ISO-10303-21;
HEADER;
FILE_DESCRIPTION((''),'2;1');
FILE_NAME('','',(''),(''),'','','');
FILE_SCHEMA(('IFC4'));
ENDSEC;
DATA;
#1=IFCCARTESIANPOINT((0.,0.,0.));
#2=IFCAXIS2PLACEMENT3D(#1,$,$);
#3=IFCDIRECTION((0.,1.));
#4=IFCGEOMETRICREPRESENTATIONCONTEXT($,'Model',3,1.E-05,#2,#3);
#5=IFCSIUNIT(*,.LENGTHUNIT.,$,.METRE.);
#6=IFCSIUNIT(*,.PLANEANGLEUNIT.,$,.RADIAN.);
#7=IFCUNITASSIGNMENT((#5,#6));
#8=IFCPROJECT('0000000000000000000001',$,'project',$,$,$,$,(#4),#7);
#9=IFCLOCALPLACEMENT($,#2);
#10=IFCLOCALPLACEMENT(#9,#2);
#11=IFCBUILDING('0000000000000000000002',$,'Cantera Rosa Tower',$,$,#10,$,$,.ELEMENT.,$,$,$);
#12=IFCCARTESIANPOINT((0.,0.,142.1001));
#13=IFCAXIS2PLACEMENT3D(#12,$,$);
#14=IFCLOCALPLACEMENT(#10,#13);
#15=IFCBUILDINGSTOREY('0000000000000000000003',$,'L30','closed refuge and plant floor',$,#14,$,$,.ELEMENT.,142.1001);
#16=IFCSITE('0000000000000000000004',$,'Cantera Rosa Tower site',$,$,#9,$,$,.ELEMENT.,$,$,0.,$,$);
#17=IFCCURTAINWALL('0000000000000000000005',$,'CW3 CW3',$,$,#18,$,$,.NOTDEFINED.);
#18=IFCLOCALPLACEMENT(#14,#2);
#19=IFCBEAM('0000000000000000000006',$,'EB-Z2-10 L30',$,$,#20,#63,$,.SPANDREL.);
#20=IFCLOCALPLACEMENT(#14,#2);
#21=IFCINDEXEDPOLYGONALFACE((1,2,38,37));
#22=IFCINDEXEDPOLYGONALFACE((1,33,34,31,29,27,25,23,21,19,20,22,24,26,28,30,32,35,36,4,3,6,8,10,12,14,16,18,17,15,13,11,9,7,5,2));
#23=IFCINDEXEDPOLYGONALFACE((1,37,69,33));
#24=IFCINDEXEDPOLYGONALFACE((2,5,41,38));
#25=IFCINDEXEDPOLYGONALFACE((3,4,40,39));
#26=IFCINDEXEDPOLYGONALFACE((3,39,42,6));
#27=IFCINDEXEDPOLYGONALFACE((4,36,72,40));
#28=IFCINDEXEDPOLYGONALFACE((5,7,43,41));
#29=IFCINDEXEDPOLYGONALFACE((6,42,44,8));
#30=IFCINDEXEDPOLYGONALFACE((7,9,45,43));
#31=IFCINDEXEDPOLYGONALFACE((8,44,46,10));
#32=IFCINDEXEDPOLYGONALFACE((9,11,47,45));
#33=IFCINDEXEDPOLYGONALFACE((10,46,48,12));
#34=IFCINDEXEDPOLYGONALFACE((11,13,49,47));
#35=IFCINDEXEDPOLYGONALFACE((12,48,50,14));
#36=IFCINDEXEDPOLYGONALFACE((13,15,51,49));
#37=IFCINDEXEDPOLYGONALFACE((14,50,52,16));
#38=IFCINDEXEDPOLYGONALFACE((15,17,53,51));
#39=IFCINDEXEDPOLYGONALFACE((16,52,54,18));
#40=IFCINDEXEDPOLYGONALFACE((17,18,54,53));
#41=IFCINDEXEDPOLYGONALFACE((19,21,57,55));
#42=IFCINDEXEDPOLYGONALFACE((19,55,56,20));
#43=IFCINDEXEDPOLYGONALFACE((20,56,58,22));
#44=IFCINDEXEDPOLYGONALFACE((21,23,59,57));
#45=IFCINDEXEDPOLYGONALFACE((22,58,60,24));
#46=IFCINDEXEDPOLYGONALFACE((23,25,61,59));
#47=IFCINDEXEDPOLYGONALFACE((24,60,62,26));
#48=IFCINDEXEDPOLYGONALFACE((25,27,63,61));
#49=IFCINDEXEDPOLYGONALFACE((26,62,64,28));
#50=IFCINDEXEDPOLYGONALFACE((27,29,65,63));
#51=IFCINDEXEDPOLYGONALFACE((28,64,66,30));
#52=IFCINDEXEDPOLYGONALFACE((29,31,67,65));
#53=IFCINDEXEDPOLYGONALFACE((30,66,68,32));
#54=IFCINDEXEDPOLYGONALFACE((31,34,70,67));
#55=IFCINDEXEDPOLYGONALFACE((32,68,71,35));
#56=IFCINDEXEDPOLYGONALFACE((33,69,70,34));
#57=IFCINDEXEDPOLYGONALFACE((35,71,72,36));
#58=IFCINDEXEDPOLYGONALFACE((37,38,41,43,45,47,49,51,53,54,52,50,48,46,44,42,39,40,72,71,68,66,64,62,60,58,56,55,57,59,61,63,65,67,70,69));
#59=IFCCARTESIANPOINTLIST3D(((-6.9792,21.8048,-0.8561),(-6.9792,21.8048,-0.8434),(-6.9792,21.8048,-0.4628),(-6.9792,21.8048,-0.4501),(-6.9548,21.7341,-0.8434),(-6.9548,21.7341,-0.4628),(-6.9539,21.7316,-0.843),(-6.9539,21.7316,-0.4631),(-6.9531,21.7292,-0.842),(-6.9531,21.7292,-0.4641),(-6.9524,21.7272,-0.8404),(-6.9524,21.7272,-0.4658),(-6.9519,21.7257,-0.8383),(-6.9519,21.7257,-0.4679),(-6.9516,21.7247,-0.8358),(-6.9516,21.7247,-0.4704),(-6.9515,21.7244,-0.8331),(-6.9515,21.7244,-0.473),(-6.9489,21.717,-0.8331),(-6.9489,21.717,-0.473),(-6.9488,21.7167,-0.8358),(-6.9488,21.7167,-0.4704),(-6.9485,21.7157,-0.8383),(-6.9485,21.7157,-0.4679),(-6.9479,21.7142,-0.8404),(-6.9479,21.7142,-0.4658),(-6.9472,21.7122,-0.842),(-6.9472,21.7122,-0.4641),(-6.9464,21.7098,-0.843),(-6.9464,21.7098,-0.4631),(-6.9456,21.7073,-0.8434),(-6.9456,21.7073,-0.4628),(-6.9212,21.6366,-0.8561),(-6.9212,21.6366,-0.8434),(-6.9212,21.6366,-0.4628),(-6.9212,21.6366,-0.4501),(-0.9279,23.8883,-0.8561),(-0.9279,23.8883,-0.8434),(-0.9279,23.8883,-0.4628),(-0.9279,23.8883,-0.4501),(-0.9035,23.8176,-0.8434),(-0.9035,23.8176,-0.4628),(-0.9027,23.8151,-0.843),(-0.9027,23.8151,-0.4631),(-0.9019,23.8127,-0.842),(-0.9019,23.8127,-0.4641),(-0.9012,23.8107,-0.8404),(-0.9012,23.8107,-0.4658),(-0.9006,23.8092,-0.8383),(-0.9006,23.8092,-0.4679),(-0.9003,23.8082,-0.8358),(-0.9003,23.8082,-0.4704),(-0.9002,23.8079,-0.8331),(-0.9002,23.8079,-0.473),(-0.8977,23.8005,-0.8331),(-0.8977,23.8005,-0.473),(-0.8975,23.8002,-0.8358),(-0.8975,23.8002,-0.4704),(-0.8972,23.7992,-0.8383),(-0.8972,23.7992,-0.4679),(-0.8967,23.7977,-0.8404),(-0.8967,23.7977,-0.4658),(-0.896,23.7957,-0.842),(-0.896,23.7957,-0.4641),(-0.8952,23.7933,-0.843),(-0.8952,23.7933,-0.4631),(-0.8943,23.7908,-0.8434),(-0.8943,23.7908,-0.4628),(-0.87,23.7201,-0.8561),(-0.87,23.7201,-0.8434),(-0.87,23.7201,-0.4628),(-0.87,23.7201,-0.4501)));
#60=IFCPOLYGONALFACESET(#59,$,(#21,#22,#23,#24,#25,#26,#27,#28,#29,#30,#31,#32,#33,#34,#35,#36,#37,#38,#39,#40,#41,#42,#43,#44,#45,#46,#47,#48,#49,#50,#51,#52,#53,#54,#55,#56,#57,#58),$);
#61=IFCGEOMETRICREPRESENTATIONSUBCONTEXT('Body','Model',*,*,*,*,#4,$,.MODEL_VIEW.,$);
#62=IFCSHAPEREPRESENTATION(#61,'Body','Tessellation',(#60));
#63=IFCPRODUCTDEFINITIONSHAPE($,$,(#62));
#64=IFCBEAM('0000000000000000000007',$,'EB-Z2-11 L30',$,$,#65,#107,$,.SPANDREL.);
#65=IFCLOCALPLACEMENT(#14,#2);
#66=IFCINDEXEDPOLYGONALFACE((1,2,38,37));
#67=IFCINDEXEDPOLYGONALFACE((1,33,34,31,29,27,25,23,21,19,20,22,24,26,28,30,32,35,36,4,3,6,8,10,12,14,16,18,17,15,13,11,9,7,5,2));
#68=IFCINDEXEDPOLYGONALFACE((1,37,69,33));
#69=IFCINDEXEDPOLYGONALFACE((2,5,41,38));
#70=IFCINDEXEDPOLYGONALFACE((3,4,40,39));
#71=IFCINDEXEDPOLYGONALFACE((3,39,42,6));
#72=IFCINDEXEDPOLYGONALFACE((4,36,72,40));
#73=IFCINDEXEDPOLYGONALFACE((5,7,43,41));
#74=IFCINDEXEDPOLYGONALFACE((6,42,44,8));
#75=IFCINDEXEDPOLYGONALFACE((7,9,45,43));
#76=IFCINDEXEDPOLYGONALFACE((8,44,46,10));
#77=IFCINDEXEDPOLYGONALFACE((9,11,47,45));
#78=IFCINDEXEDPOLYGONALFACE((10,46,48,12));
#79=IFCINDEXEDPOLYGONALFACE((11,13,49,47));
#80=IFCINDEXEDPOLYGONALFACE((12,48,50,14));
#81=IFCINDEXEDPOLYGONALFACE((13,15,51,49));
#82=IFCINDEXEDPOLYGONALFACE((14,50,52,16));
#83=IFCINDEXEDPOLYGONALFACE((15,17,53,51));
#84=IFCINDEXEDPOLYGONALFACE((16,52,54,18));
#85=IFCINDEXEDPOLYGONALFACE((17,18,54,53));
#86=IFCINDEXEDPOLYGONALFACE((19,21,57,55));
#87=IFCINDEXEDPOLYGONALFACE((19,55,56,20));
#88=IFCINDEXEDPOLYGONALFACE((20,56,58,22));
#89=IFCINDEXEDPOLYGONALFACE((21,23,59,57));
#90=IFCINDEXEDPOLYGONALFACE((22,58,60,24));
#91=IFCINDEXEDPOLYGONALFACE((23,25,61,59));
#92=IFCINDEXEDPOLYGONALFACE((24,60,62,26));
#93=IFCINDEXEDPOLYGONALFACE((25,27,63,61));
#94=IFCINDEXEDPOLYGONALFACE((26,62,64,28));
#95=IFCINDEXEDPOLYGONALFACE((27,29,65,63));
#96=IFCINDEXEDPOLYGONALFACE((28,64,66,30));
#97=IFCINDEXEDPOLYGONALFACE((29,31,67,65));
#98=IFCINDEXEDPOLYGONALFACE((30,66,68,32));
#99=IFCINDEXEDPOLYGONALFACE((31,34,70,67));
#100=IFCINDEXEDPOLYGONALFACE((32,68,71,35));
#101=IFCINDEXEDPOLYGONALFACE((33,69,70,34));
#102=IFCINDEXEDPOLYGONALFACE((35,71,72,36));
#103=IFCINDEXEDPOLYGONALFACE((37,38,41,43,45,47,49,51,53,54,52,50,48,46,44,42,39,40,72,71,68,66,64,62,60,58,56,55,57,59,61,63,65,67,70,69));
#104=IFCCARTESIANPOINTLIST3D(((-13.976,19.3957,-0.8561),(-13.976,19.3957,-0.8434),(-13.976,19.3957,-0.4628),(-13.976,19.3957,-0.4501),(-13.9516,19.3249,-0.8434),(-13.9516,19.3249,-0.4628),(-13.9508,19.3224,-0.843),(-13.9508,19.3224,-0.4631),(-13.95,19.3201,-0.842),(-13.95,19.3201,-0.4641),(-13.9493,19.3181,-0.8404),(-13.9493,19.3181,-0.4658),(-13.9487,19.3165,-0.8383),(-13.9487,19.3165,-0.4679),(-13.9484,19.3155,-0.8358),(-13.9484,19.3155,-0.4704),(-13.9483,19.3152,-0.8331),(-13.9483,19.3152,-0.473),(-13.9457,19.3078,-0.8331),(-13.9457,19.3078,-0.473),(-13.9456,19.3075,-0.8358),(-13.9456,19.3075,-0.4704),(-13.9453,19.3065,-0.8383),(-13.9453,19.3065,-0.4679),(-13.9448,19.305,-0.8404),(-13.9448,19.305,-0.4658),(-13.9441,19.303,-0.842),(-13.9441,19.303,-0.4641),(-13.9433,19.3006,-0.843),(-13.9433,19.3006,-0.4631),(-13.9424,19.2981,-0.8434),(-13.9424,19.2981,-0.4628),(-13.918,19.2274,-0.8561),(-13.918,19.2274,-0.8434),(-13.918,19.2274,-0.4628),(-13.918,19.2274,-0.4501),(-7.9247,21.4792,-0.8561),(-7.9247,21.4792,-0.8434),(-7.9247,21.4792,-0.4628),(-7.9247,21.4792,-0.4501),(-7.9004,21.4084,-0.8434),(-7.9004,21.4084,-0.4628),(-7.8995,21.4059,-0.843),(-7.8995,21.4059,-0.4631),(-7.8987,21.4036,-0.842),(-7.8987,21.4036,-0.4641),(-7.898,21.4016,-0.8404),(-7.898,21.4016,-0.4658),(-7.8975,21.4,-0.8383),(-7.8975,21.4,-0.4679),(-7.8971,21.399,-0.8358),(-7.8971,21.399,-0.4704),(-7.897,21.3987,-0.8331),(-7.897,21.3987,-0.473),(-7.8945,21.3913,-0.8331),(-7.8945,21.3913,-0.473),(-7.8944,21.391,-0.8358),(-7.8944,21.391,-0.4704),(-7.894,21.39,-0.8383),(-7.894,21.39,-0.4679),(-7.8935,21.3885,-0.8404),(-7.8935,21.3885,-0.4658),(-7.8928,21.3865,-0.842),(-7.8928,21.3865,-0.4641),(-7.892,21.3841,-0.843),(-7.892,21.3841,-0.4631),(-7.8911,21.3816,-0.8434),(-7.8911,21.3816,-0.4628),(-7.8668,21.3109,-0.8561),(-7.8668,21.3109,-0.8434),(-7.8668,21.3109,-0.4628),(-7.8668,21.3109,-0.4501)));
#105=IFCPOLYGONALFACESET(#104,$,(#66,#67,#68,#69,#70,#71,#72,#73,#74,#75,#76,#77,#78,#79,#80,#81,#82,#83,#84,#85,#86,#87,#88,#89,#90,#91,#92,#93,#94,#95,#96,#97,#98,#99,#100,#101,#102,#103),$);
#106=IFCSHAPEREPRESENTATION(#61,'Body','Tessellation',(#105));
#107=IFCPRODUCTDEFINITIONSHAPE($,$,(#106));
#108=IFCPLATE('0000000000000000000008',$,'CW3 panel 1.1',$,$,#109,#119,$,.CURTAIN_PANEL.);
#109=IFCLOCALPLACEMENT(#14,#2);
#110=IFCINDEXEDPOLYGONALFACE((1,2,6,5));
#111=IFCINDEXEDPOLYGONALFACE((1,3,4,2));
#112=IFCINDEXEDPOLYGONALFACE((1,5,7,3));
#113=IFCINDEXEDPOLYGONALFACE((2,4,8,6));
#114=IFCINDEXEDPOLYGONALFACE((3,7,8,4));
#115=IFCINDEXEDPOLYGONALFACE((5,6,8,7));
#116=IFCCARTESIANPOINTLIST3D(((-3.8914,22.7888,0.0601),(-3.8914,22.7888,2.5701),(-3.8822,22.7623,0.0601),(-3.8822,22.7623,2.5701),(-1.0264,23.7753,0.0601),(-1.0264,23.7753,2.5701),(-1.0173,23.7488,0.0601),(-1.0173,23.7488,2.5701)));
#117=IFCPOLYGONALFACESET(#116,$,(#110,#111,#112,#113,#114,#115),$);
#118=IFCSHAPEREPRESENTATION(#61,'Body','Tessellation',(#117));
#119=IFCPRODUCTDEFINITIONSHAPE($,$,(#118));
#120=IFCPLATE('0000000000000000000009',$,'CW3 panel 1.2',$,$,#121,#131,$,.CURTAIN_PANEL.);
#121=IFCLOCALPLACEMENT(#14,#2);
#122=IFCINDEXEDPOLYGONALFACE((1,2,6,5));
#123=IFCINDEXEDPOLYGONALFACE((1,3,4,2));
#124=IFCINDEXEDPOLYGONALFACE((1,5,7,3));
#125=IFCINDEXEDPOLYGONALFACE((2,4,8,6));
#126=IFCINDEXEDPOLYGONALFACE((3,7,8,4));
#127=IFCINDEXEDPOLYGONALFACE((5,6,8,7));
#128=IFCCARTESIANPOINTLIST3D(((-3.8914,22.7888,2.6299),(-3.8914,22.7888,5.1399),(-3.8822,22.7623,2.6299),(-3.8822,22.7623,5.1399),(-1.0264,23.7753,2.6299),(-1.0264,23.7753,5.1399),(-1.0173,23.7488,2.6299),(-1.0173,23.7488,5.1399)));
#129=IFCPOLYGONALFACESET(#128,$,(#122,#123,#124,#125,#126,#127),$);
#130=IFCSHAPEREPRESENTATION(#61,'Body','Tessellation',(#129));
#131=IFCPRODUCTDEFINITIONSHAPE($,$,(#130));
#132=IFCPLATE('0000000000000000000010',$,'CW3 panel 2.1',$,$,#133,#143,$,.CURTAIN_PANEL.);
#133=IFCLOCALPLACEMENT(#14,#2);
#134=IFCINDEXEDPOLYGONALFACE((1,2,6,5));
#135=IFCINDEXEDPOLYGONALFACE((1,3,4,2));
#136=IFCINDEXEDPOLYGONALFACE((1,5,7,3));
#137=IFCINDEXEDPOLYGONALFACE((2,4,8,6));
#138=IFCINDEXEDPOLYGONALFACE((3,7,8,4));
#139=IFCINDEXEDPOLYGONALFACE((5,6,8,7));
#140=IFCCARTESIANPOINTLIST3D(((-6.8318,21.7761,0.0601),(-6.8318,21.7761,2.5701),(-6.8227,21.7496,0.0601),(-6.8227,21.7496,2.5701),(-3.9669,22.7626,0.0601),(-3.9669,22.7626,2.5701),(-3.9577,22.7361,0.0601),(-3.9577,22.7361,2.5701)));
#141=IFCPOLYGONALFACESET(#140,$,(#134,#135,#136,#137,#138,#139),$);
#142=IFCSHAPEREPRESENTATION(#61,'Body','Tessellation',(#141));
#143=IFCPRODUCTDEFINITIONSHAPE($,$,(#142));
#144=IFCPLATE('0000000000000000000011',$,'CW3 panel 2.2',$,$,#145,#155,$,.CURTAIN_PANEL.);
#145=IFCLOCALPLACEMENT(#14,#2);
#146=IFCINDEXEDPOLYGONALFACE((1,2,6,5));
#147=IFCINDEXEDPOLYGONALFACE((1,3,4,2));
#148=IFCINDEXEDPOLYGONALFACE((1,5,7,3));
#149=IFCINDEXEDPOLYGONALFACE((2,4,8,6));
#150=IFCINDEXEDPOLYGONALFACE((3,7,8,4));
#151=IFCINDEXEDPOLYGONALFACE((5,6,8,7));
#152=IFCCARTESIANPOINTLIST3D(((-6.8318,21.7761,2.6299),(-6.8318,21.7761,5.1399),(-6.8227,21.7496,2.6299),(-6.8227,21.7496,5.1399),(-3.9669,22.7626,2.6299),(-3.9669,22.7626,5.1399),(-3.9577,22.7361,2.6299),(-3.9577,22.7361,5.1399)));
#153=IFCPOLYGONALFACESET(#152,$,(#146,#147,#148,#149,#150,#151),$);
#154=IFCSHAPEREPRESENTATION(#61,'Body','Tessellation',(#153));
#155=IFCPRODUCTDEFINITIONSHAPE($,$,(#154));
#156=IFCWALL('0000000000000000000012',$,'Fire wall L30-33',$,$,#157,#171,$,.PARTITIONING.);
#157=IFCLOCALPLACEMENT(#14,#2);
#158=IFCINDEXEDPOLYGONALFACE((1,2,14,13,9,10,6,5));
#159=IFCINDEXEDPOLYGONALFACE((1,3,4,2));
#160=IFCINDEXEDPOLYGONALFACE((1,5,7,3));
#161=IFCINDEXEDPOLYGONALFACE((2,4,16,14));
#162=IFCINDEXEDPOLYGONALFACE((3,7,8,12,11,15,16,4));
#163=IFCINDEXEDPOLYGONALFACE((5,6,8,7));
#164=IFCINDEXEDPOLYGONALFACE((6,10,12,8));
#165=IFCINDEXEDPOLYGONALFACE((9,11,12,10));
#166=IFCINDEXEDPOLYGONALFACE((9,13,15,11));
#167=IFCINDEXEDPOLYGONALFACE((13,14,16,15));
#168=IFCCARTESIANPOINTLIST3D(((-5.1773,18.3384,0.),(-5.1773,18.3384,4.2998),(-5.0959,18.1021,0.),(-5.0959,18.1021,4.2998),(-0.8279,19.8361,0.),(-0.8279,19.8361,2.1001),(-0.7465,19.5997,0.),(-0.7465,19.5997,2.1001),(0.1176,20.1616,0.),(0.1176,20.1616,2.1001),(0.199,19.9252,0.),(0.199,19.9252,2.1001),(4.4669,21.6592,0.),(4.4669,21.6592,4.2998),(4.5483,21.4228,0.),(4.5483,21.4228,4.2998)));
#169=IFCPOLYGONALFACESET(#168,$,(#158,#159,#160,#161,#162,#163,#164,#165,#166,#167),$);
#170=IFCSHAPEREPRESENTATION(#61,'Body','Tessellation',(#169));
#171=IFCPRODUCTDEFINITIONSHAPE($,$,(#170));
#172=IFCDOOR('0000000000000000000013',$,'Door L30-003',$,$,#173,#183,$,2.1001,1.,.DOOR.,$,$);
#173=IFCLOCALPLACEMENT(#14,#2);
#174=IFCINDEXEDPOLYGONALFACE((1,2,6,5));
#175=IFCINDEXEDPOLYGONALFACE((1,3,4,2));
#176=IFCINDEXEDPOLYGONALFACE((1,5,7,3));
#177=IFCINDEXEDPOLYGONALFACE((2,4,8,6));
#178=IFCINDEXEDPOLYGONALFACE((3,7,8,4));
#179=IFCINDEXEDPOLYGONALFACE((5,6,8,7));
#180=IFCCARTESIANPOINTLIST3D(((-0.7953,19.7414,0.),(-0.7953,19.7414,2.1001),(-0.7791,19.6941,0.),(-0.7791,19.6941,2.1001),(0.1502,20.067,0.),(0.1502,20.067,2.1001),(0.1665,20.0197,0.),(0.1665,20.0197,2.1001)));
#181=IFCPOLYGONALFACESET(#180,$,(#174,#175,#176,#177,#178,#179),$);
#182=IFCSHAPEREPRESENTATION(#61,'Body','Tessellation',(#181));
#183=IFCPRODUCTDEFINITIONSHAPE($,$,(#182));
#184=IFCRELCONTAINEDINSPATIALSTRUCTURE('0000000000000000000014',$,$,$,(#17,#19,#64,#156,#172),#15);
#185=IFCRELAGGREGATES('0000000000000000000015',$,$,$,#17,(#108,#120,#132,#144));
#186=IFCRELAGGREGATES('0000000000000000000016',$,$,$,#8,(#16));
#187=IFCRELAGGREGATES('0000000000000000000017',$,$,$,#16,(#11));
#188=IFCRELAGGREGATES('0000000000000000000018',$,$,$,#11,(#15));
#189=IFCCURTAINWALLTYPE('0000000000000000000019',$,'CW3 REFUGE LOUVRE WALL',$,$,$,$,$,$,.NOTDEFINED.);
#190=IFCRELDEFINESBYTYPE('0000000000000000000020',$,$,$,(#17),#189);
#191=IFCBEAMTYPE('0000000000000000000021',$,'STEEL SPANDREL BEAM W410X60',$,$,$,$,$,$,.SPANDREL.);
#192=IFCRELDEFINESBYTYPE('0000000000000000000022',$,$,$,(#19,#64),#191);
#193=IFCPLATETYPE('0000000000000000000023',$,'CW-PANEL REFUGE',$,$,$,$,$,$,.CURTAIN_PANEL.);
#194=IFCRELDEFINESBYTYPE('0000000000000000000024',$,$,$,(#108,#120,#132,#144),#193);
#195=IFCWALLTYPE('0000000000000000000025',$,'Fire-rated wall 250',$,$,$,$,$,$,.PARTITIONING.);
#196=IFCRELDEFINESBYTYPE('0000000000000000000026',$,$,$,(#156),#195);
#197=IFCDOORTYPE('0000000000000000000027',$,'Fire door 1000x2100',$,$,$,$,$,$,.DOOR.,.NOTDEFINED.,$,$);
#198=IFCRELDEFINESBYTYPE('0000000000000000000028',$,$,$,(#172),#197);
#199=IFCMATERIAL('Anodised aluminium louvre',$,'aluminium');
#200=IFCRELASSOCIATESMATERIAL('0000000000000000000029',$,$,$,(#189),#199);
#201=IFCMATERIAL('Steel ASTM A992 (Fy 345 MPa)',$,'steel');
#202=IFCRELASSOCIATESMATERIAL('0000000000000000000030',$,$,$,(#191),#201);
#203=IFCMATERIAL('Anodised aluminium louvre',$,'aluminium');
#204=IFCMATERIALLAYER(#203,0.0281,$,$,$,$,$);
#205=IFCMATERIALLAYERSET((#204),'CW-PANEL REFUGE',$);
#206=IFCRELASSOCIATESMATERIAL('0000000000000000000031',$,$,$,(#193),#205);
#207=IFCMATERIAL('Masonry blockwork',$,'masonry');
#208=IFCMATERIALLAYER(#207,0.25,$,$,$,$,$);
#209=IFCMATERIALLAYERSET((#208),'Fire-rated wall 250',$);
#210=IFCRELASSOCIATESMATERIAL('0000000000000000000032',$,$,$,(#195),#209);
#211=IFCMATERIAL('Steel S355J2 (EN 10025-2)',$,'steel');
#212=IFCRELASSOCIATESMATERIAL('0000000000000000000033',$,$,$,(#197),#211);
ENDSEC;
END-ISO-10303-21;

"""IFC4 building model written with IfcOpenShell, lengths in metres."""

from ifc_helpers import new_model, si_unit, direction, frame, frame_2d, origin, origin_2d, place, context, subcontext, project, spatial, rectangle, i_section, extrude, material, layer, layer_set, material_profile, profile_set, type_object, element, fill, aggregate, save


model = new_model("IFC4")

# Units and contexts
model_context = context("Model", 3, precision=1e-05, world=origin(), true_north=direction((0.0, 1.0)))
body_context = subcontext(model_context, "Body", "Model", "MODEL_VIEW")
ifc_project = project(units=[si_unit("LENGTHUNIT", "METRE"), si_unit("PLANEANGLEUNIT", "RADIAN")], contexts=[model_context])

# Site, building, storey
site_placement = place(None, origin())
site = spatial("IfcSite", under=ifc_project, at=site_placement, Name="Cantera Rosa Tower site", CompositionType="ELEMENT", RefElevation=0.0)
building_placement = place(site_placement, origin())
building = spatial("IfcBuilding", under=site, at=building_placement, Name="Cantera Rosa Tower", CompositionType="ELEMENT")
storey_placement = place(building_placement, frame((0.0, 0.0, 142.1001)))
storey = spatial("IfcBuildingStorey", under=building, at=storey_placement, Name="L30", Description="closed refuge and plant floor", CompositionType="ELEMENT", Elevation=142.1001)

# Curtain wall
ifc_material_1 = material(Name="Anodised aluminium louvre", Category="aluminium")
curtain_wall_type = type_object("IfcCurtainWallType", Name="CW3 REFUGE LOUVRE WALL", PredefinedType="NOTDEFINED", material=ifc_material_1)
curtain_wall_1_placement = place(storey_placement, origin())
curtain_wall_1 = element("IfcCurtainWall", 1, at=curtain_wall_1_placement, inside=storey, type_object=curtain_wall_type, Name="CW3 CW3", PredefinedType="NOTDEFINED")

# Beams
ifc_material_2 = material(Name="Steel ASTM A992 (Fy 345 MPa)", Category="steel")
ifc_material_profile_1 = material_profile(ifc_material_2, i_section(OverallWidth=0.178, OverallDepth=0.406, WebThickness=0.0078, FlangeThickness=0.0127, FilletRadius=0.0103, at=origin_2d()), Name="W410X60")
ifc_profile_set_1 = profile_set([ifc_material_profile_1], Name="Steel ASTM A992 (Fy 345 MPa)")
beam_type_1 = type_object("IfcBeamType", Name="STEEL SPANDREL BEAM W410X60", PredefinedType="SPANDREL", material=ifc_profile_set_1)
for number, where, z_axis, x_axis, name in (
    (2, (-0.8989, 23.8042, -0.6531), (-0.945524, -0.325551, 0.0), (0.325551, -0.945524, 0.0), "EB-Z2-10 L30"),
    (3, (-7.8958, 21.395, -0.6531), (-0.945524, -0.325551, 0.0), (0.325551, -0.945524, 0.0), "EB-Z2-11 L30"),
):
    element("IfcBeam", number, at=place(storey_placement, frame(where, z_axis=z_axis, x_axis=x_axis)), inside=storey, type_object=beam_type_1, Name=name, PredefinedType="SPANDREL", context=body_context, shape_type="SweptSolid", body=[
        extrude(i_section(OverallWidth=0.178, OverallDepth=0.406, WebThickness=0.0078, FlangeThickness=0.0127, FilletRadius=0.0103, at=origin_2d()), origin(), (0.0, 0.0, 1.0), 6.3999),
    ])

# Plates
ifc_material_3 = material(Name="Anodised aluminium louvre", Category="aluminium")
ifc_layer_1 = layer(ifc_material_3, 0.0281)
ifc_layer_set_1 = layer_set([ifc_layer_1], Name="CW-PANEL REFUGE")
plate_type = type_object("IfcPlateType", Name="CW-PANEL REFUGE", PredefinedType="CURTAIN_PANEL", material=ifc_layer_set_1)
plate_1_placement = place(storey_placement, frame((-2.4543, 23.2688, 0.0601), z_axis=(0.0, 0.0, 1.0), x_axis=(-0.945519, -0.325568, 0.0)))
plate_1 = element("IfcPlate", 4, at=plate_1_placement, type_object=plate_type, Name="CW3 panel 1.1", PredefinedType="CURTAIN_PANEL", context=body_context, shape_type="SweptSolid", body=[
    extrude(rectangle(XDim=3.03, YDim=0.0281, at=origin_2d()), origin(), (0.0, 0.0, 1.0), 2.51),
])
plate_2_placement = place(storey_placement, frame((-2.4543, 23.2688, 2.6299), z_axis=(0.0, 0.0, 1.0), x_axis=(-0.945519, -0.325568, 0.0)))
plate_2 = element("IfcPlate", 5, at=plate_2_placement, type_object=plate_type, Name="CW3 panel 1.2", PredefinedType="CURTAIN_PANEL", context=body_context, shape_type="SweptSolid", body=[
    extrude(rectangle(XDim=3.03, YDim=0.0281, at=origin_2d()), origin(), (0.0, 0.0, 1.0), 2.51),
])
plate_3_placement = place(storey_placement, frame((-5.3948, 22.2561, 0.0601), z_axis=(0.0, 0.0, 1.0), x_axis=(-0.945519, -0.325568, 0.0)))
plate_3 = element("IfcPlate", 6, at=plate_3_placement, type_object=plate_type, Name="CW3 panel 2.1", PredefinedType="CURTAIN_PANEL", context=body_context, shape_type="SweptSolid", body=[
    extrude(rectangle(XDim=3.03, YDim=0.0281, at=origin_2d()), origin(), (0.0, 0.0, 1.0), 2.51),
])
plate_4_placement = place(storey_placement, frame((-5.3948, 22.2561, 2.6299), z_axis=(0.0, 0.0, 1.0), x_axis=(-0.945519, -0.325568, 0.0)))
plate_4 = element("IfcPlate", 7, at=plate_4_placement, type_object=plate_type, Name="CW3 panel 2.2", PredefinedType="CURTAIN_PANEL", context=body_context, shape_type="SweptSolid", body=[
    extrude(rectangle(XDim=3.03, YDim=0.0281, at=origin_2d()), origin(), (0.0, 0.0, 1.0), 2.51),
])
aggregate(curtain_wall_1, [plate_1, plate_2, plate_3, plate_4])

# Wall, opening, door
ifc_material_4 = material(Name="Masonry blockwork", Category="masonry")
ifc_layer_2 = layer(ifc_material_4, 0.25)
ifc_layer_set_2 = layer_set([ifc_layer_2], Name="Fire-rated wall 250")
wall_type = type_object("IfcWallType", Name="Fire-rated wall 250", PredefinedType="PARTITIONING", material=ifc_layer_set_2)
wall_placement = place(storey_placement, frame((-5.1367, 18.2202, 0.0), z_axis=(0.0, 0.0, 1.0), x_axis=(0.945518, 0.325569, 0.0)))
wall = element("IfcWall", 8, at=wall_placement, inside=storey, type_object=wall_type, Name="Fire wall L30-33", PredefinedType="PARTITIONING", context=body_context, shape_type="SweptSolid", body=[
    extrude(rectangle(XDim=10.2, YDim=0.25, at=frame_2d((5.1001, 0.0))), origin(), (0.0, 0.0, 1.0), 4.2998),
])
opening_placement = place(wall_placement, frame((4.6001, 0.0, 0.0)))
opening = element("IfcOpeningElement", 9, at=opening_placement, cuts=wall, PredefinedType="OPENING", context=body_context, shape_type="SweptSolid", body=[
    extrude(rectangle(XDim=1.0, YDim=2.1001, at=frame_2d((0.5, 1.05))), frame((0.0, 0.135, 0.0), z_axis=(0.0, -1.0, 0.0), x_axis=(1.0, 0.0, 0.0)), (0.0, 0.0, 1.0), 0.27),
])
ifc_material_5 = material(Name="Steel S355J2 (EN 10025-2)", Category="steel")
door_type = type_object("IfcDoorType", Name="Fire door 1000x2100", OperationType="NOTDEFINED", PredefinedType="DOOR", material=ifc_material_5)
door_placement = place(opening_placement, origin())
door = element("IfcDoor", 10, at=door_placement, inside=storey, type_object=door_type, Name="Door L30-003", OverallHeight=2.1001, OverallWidth=1.0, PredefinedType="DOOR", context=body_context, shape_type="SweptSolid", body=[
    extrude(rectangle(XDim=1.0, YDim=2.1001, at=frame_2d((0.5, 1.05))), frame((0.0, 0.0249, 0.0), z_axis=(0.0, -1.0, 0.0), x_axis=(1.0, 0.0, 0.0)), (0.0, 0.0, 1.0), 0.05),
])
fill(opening, door)

save(model, "model.ifc")
